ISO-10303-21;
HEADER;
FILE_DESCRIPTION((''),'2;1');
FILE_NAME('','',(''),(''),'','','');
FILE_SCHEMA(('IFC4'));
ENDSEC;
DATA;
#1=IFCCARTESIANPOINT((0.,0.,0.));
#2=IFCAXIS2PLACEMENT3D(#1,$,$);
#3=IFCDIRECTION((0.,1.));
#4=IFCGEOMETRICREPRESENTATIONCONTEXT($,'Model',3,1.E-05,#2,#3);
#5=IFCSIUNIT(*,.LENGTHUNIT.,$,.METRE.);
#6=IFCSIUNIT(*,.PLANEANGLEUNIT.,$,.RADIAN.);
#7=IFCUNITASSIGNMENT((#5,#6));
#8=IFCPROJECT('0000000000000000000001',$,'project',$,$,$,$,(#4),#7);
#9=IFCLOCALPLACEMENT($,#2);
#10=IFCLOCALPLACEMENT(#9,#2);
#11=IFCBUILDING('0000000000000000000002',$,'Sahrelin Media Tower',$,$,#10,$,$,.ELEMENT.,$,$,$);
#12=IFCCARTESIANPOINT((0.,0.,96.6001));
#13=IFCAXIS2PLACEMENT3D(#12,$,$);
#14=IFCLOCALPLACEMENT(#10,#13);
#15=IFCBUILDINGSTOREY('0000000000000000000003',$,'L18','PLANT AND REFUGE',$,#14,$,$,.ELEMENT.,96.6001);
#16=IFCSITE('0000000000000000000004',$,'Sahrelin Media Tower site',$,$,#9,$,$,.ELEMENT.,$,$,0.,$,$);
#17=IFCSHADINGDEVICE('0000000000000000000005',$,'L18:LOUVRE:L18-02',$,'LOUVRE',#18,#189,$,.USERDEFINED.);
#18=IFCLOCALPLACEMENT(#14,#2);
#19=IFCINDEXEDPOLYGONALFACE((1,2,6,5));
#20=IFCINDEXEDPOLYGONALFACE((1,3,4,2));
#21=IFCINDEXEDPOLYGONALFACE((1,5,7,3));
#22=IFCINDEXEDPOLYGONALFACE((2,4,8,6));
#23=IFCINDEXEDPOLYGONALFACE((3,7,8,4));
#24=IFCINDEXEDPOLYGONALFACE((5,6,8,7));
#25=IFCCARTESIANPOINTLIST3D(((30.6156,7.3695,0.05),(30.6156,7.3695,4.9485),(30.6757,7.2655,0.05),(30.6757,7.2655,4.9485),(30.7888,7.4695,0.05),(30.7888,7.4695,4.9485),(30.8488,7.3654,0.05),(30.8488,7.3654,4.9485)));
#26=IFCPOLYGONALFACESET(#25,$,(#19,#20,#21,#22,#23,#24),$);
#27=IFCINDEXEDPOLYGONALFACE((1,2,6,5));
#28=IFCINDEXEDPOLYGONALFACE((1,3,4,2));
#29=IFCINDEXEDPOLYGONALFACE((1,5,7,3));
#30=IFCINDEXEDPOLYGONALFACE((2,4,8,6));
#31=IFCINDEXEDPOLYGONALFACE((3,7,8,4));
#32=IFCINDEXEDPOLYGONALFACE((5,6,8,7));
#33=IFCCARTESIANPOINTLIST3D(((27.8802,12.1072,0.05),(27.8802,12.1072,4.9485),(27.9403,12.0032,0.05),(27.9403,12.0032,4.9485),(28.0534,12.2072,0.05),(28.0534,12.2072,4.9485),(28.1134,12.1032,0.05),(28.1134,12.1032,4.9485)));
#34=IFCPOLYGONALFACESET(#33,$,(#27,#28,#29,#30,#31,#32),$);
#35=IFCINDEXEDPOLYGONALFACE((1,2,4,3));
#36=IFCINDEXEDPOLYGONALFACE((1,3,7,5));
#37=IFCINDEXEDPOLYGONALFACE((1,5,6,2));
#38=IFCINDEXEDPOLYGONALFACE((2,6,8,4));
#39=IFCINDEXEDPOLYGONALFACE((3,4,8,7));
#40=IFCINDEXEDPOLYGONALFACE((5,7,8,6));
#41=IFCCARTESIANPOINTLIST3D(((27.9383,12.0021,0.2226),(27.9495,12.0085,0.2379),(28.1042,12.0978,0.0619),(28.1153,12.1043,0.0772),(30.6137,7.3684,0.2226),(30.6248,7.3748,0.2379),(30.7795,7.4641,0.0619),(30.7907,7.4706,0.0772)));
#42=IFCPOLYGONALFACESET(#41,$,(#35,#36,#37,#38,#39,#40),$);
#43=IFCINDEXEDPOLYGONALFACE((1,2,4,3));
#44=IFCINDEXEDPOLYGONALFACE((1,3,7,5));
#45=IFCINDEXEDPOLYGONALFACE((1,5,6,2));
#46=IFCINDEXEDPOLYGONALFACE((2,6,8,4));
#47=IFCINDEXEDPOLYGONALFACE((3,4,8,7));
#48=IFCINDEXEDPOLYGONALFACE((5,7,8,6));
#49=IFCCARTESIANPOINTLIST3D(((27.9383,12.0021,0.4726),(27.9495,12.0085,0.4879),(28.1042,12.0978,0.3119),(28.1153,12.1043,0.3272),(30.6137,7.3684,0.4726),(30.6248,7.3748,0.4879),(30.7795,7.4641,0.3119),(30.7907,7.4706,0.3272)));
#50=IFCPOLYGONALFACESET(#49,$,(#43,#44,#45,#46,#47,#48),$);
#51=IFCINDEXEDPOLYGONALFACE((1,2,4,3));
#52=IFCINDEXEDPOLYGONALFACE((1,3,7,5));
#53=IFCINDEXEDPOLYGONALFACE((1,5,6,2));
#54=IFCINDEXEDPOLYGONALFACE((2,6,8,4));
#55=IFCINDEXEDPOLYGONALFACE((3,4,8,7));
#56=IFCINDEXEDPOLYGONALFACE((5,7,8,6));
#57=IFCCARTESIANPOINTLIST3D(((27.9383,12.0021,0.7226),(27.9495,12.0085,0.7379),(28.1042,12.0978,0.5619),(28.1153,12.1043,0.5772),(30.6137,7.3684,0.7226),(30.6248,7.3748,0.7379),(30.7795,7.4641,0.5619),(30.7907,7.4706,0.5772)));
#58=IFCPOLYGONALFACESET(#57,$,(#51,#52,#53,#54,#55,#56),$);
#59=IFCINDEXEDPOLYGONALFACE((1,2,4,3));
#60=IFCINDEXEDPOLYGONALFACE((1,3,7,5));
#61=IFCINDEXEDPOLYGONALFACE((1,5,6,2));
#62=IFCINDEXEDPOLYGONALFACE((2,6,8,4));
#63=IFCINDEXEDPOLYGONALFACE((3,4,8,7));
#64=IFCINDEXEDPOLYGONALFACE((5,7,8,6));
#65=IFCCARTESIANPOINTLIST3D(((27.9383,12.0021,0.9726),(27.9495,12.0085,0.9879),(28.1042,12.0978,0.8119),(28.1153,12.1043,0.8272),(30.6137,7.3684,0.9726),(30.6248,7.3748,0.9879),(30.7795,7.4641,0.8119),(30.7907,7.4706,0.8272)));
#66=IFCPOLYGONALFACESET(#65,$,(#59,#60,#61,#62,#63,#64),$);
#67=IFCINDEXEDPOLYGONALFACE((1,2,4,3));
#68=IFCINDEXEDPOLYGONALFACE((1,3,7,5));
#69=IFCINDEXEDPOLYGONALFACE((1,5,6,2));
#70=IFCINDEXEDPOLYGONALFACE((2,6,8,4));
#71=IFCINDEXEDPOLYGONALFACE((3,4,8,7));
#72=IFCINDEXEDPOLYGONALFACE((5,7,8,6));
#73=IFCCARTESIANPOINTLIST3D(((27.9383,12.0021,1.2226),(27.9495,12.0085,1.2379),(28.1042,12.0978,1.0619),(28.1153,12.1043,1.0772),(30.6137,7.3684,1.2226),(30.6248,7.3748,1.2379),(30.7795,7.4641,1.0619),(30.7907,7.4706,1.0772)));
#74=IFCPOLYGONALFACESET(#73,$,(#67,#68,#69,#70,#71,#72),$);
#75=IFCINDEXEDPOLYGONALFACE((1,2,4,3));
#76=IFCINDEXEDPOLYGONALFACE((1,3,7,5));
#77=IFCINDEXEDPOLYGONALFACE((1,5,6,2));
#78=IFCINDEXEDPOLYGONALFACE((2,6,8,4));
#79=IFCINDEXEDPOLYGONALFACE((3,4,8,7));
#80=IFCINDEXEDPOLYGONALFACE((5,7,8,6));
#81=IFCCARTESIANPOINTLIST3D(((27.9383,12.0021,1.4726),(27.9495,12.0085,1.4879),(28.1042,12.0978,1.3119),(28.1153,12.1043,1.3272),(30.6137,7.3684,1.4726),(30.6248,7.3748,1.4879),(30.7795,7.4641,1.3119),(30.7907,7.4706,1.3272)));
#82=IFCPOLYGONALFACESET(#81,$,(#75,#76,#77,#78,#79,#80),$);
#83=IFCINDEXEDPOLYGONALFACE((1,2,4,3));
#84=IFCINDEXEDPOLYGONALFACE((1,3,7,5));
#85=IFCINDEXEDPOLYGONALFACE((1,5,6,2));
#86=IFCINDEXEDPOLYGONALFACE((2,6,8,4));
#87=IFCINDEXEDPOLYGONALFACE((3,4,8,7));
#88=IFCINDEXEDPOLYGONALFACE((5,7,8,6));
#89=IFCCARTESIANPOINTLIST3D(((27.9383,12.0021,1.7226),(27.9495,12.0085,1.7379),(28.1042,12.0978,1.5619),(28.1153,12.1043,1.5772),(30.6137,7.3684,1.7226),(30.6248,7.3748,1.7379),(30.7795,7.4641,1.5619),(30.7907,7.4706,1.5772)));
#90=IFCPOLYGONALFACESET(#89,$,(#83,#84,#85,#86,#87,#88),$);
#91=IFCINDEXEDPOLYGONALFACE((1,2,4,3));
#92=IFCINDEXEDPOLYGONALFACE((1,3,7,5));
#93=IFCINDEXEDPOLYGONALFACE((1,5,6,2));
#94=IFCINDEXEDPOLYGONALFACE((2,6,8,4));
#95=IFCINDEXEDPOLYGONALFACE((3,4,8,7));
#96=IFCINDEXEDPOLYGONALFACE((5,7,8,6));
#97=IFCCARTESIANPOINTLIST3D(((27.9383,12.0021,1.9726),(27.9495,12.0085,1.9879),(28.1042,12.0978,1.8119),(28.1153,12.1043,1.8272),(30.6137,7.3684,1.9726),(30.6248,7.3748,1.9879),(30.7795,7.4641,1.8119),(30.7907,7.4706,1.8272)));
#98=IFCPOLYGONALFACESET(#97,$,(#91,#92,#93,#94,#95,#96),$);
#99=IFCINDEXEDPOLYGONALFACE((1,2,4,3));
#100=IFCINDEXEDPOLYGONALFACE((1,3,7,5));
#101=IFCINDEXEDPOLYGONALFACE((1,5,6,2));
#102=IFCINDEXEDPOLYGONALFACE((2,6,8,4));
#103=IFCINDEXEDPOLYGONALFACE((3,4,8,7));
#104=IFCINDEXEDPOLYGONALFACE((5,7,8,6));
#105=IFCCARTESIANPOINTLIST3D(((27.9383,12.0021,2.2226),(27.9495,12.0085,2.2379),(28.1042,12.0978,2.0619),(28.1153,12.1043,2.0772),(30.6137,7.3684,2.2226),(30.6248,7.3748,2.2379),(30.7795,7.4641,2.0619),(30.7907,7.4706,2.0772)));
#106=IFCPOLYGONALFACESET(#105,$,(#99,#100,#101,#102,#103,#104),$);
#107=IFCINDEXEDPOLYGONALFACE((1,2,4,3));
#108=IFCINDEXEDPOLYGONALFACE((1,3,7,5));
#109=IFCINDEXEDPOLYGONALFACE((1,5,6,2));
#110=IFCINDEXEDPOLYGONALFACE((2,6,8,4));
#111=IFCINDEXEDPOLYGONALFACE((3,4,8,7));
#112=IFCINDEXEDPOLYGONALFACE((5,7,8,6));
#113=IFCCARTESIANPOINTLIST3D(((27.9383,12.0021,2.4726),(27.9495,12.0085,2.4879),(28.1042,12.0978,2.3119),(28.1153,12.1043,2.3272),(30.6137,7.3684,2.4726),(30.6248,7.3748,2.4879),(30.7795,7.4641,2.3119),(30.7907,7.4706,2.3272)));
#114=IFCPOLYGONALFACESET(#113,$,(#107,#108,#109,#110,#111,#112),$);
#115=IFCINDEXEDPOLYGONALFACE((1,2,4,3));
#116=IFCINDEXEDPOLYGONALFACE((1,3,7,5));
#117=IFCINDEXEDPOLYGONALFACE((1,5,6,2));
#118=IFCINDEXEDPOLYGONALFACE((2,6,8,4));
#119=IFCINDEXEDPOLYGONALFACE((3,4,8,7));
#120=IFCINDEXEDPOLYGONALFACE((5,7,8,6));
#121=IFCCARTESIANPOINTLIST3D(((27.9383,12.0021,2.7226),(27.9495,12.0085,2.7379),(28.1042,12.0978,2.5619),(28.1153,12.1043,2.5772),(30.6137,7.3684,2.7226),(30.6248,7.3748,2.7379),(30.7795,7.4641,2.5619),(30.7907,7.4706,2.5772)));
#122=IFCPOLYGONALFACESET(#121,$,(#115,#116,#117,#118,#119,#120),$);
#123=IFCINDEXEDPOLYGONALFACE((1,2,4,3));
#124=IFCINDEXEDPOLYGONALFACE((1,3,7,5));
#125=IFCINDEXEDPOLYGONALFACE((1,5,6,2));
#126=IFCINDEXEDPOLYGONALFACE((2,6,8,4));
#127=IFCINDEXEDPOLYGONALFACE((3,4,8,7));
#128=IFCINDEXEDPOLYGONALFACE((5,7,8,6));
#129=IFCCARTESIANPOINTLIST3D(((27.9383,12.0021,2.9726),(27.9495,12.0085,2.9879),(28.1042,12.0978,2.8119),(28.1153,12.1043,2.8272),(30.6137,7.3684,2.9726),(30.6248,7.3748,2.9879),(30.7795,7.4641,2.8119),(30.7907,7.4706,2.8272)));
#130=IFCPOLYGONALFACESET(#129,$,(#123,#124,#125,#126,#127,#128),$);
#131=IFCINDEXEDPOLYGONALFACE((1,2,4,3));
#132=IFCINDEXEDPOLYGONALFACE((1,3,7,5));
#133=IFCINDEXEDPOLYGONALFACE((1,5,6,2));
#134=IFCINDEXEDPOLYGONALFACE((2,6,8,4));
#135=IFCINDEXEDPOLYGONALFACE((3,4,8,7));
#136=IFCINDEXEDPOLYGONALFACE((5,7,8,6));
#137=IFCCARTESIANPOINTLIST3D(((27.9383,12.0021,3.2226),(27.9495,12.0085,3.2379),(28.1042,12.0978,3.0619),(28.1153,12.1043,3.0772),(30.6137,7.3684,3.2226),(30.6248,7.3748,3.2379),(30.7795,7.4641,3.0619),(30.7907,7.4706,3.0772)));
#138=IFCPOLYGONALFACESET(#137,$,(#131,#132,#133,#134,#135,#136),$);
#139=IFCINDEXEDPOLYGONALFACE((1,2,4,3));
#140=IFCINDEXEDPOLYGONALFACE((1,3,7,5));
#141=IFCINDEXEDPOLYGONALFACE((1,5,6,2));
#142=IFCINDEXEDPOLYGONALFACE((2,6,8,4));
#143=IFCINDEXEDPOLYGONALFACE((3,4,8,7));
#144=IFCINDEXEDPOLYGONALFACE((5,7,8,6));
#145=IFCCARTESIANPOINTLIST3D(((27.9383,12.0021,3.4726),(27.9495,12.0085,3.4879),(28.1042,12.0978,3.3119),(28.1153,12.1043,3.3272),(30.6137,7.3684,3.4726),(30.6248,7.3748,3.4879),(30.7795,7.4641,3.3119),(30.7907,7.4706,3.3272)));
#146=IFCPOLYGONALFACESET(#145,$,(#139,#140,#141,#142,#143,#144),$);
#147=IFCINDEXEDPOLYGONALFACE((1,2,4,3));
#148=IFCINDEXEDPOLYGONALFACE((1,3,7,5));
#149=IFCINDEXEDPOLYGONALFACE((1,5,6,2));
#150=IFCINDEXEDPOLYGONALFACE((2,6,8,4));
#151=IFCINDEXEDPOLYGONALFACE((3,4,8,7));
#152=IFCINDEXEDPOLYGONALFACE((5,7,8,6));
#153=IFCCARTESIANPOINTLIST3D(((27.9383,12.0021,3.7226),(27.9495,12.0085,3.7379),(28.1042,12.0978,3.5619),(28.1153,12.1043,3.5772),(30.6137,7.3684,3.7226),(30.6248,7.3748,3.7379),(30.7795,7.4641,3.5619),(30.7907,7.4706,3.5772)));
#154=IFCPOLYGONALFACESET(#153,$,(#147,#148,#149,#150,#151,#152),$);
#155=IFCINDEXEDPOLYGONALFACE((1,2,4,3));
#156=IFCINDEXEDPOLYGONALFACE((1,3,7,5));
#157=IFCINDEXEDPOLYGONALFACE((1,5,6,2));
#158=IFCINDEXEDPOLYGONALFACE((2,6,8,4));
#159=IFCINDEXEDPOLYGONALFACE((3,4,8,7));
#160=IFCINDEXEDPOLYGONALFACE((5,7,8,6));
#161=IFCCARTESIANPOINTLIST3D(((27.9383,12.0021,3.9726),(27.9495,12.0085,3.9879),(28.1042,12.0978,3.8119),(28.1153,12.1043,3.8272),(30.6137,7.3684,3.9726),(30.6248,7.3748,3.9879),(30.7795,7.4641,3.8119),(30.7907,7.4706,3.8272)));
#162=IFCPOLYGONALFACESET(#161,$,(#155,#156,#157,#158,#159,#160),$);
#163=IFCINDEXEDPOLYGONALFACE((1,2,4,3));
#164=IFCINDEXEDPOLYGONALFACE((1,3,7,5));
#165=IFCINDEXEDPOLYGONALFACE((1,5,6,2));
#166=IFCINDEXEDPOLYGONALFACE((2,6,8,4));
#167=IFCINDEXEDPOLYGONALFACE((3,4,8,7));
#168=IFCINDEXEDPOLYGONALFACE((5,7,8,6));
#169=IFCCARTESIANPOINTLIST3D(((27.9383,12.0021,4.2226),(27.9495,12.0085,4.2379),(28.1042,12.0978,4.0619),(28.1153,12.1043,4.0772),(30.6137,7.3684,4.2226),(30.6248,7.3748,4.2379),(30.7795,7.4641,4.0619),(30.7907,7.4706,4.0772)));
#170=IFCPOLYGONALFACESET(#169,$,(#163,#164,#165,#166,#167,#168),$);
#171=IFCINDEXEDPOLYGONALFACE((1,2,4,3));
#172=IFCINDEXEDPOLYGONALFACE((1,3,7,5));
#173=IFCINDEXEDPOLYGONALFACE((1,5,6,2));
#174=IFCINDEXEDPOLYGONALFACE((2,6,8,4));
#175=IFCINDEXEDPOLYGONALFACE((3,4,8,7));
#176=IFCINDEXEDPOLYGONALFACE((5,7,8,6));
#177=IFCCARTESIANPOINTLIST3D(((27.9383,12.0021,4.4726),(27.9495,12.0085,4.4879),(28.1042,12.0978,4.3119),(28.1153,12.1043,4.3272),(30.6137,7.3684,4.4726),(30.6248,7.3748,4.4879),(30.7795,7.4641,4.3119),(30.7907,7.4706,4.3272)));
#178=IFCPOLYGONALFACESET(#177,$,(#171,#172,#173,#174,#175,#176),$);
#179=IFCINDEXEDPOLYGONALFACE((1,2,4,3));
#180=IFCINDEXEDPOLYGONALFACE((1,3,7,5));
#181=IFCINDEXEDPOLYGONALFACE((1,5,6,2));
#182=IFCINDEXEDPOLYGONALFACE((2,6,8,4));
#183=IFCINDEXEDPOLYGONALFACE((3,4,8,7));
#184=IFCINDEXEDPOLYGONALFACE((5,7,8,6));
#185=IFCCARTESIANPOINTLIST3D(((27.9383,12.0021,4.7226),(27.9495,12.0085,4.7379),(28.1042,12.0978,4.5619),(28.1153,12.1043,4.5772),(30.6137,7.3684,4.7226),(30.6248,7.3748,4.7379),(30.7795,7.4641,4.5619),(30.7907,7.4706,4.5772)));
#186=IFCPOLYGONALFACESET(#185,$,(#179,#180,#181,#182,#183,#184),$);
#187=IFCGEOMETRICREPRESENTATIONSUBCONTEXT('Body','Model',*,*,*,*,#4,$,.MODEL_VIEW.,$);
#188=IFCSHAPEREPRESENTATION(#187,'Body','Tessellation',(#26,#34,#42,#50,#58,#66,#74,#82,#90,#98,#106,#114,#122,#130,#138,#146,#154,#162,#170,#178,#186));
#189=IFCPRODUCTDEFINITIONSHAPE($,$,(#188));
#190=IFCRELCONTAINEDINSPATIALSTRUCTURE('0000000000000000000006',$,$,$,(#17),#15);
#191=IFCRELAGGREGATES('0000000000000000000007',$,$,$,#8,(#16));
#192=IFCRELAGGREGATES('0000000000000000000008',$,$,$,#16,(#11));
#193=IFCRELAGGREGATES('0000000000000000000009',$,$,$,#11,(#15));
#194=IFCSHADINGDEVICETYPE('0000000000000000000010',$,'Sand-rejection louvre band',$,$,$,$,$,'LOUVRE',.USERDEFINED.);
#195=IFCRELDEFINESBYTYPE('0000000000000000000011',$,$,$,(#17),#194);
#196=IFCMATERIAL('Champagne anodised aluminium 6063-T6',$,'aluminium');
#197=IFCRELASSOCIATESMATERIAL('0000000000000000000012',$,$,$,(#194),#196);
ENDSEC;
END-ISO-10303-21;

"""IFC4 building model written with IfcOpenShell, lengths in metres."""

from ifc_helpers import new_model, si_unit, direction, frame, origin, origin_2d, place, context, subcontext, project, spatial, rectangle, extrude, material, type_object, element, save


model = new_model("IFC4")

# Units and contexts
model_context = context("Model", 3, precision=1e-05, world=origin(), true_north=direction((0.0, 1.0)))
body_context = subcontext(model_context, "Body", "Model", "MODEL_VIEW")
ifc_project = project(units=[si_unit("LENGTHUNIT", "METRE"), si_unit("PLANEANGLEUNIT", "RADIAN")], contexts=[model_context])

# Site, building, storey
site_placement = place(None, origin())
site = spatial("IfcSite", under=ifc_project, at=site_placement, Name="Sahrelin Media Tower site", CompositionType="ELEMENT", RefElevation=0.0)
building_placement = place(site_placement, origin())
building = spatial("IfcBuilding", under=site, at=building_placement, Name="Sahrelin Media Tower", CompositionType="ELEMENT")
storey_placement = place(building_placement, frame((0.0, 0.0, 96.6001)))
storey = spatial("IfcBuildingStorey", under=building, at=storey_placement, Name="L18", Description="PLANT AND REFUGE", CompositionType="ELEMENT", Elevation=96.6001)

# Shading device
ifc_material_1 = material(Name="Champagne anodised aluminium 6063-T6", Category="aluminium")
shading_device_type = type_object("IfcShadingDeviceType", Name="Sand-rejection louvre band", ElementType="LOUVRE", PredefinedType="USERDEFINED", material=ifc_material_1)
shading_device_1_placement = place(storey_placement, frame((29.2778, 9.6863, 0.0), z_axis=(0.0, 0.0, 1.0), x_axis=(0.500011, -0.866019, 0.0)))
element("IfcShadingDevice", 1, at=shading_device_1_placement, inside=storey, type_object=shading_device_type, Name="L18:LOUVRE:L18-02", ObjectType="LOUVRE", PredefinedType="USERDEFINED", context=body_context, shape_type="SweptSolid", body=[
    extrude(rectangle(XDim=0.1201, YDim=0.2, at=origin_2d()), frame((2.7354, 0.1001, 0.05), z_axis=(0.0, 0.0, 1.0), x_axis=(1.0, 0.0, 0.0)), (0.0, 0.0, 1.0), 4.8984),
    extrude(rectangle(XDim=0.1201, YDim=0.2, at=origin_2d()), frame((-2.7354, 0.1001, 0.05), z_axis=(0.0, 0.0, 1.0), x_axis=(1.0, 0.0, 0.0)), (0.0, 0.0, 1.0), 4.8984),
    extrude(rectangle(XDim=0.25, YDim=0.02, at=origin_2d()), frame((2.6753, 0.1001, 0.1499), z_axis=(-1.0, 0.0, 0.0), x_axis=(0.0, -0.766044, 0.642788)), (0.0, 0.0, 1.0), 5.3506),
    extrude(rectangle(XDim=0.25, YDim=0.02, at=origin_2d()), frame((2.6753, 0.1001, 0.3999), z_axis=(-1.0, 0.0, 0.0), x_axis=(0.0, -0.766044, 0.642788)), (0.0, 0.0, 1.0), 5.3506),
    extrude(rectangle(XDim=0.25, YDim=0.02, at=origin_2d()), frame((2.6753, 0.1001, 0.6499), z_axis=(-1.0, 0.0, 0.0), x_axis=(0.0, -0.766044, 0.642788)), (0.0, 0.0, 1.0), 5.3506),
    extrude(rectangle(XDim=0.25, YDim=0.02, at=origin_2d()), frame((2.6753, 0.1001, 0.8999), z_axis=(-1.0, 0.0, 0.0), x_axis=(0.0, -0.766044, 0.642788)), (0.0, 0.0, 1.0), 5.3506),
    extrude(rectangle(XDim=0.25, YDim=0.02, at=origin_2d()), frame((2.6753, 0.1001, 1.1499), z_axis=(-1.0, 0.0, 0.0), x_axis=(0.0, -0.766044, 0.642788)), (0.0, 0.0, 1.0), 5.3506),
    extrude(rectangle(XDim=0.25, YDim=0.02, at=origin_2d()), frame((2.6753, 0.1001, 1.3999), z_axis=(-1.0, 0.0, 0.0), x_axis=(0.0, -0.766044, 0.642788)), (0.0, 0.0, 1.0), 5.3506),
    extrude(rectangle(XDim=0.25, YDim=0.02, at=origin_2d()), frame((2.6753, 0.1001, 1.6499), z_axis=(-1.0, 0.0, 0.0), x_axis=(0.0, -0.766044, 0.642788)), (0.0, 0.0, 1.0), 5.3506),
    extrude(rectangle(XDim=0.25, YDim=0.02, at=origin_2d()), frame((2.6753, 0.1001, 1.8999), z_axis=(-1.0, 0.0, 0.0), x_axis=(0.0, -0.766044, 0.642788)), (0.0, 0.0, 1.0), 5.3506),
    extrude(rectangle(XDim=0.25, YDim=0.02, at=origin_2d()), frame((2.6753, 0.1001, 2.1499), z_axis=(-1.0, 0.0, 0.0), x_axis=(0.0, -0.766044, 0.642788)), (0.0, 0.0, 1.0), 5.3506),
    extrude(rectangle(XDim=0.25, YDim=0.02, at=origin_2d()), frame((2.6753, 0.1001, 2.3999), z_axis=(-1.0, 0.0, 0.0), x_axis=(0.0, -0.766044, 0.642788)), (0.0, 0.0, 1.0), 5.3506),
    extrude(rectangle(XDim=0.25, YDim=0.02, at=origin_2d()), frame((2.6753, 0.1001, 2.6499), z_axis=(-1.0, 0.0, 0.0), x_axis=(0.0, -0.766044, 0.642788)), (0.0, 0.0, 1.0), 5.3506),
    extrude(rectangle(XDim=0.25, YDim=0.02, at=origin_2d()), frame((2.6753, 0.1001, 2.8999), z_axis=(-1.0, 0.0, 0.0), x_axis=(0.0, -0.766044, 0.642788)), (0.0, 0.0, 1.0), 5.3506),
    extrude(rectangle(XDim=0.25, YDim=0.02, at=origin_2d()), frame((2.6753, 0.1001, 3.1499), z_axis=(-1.0, 0.0, 0.0), x_axis=(0.0, -0.766044, 0.642788)), (0.0, 0.0, 1.0), 5.3506),
    extrude(rectangle(XDim=0.25, YDim=0.02, at=origin_2d()), frame((2.6753, 0.1001, 3.3999), z_axis=(-1.0, 0.0, 0.0), x_axis=(0.0, -0.766044, 0.642788)), (0.0, 0.0, 1.0), 5.3506),
    extrude(rectangle(XDim=0.25, YDim=0.02, at=origin_2d()), frame((2.6753, 0.1001, 3.6499), z_axis=(-1.0, 0.0, 0.0), x_axis=(0.0, -0.766044, 0.642788)), (0.0, 0.0, 1.0), 5.3506),
    extrude(rectangle(XDim=0.25, YDim=0.02, at=origin_2d()), frame((2.6753, 0.1001, 3.8999), z_axis=(-1.0, 0.0, 0.0), x_axis=(0.0, -0.766044, 0.642788)), (0.0, 0.0, 1.0), 5.3506),
    extrude(rectangle(XDim=0.25, YDim=0.02, at=origin_2d()), frame((2.6753, 0.1001, 4.1499), z_axis=(-1.0, 0.0, 0.0), x_axis=(0.0, -0.766044, 0.642788)), (0.0, 0.0, 1.0), 5.3506),
    extrude(rectangle(XDim=0.25, YDim=0.02, at=origin_2d()), frame((2.6753, 0.1001, 4.3999), z_axis=(-1.0, 0.0, 0.0), x_axis=(0.0, -0.766044, 0.642788)), (0.0, 0.0, 1.0), 5.3506),
    extrude(rectangle(XDim=0.25, YDim=0.02, at=origin_2d()), frame((2.6753, 0.1001, 4.6499), z_axis=(-1.0, 0.0, 0.0), x_axis=(0.0, -0.766044, 0.642788)), (0.0, 0.0, 1.0), 5.3506),
])

save(model, "model.ifc")
